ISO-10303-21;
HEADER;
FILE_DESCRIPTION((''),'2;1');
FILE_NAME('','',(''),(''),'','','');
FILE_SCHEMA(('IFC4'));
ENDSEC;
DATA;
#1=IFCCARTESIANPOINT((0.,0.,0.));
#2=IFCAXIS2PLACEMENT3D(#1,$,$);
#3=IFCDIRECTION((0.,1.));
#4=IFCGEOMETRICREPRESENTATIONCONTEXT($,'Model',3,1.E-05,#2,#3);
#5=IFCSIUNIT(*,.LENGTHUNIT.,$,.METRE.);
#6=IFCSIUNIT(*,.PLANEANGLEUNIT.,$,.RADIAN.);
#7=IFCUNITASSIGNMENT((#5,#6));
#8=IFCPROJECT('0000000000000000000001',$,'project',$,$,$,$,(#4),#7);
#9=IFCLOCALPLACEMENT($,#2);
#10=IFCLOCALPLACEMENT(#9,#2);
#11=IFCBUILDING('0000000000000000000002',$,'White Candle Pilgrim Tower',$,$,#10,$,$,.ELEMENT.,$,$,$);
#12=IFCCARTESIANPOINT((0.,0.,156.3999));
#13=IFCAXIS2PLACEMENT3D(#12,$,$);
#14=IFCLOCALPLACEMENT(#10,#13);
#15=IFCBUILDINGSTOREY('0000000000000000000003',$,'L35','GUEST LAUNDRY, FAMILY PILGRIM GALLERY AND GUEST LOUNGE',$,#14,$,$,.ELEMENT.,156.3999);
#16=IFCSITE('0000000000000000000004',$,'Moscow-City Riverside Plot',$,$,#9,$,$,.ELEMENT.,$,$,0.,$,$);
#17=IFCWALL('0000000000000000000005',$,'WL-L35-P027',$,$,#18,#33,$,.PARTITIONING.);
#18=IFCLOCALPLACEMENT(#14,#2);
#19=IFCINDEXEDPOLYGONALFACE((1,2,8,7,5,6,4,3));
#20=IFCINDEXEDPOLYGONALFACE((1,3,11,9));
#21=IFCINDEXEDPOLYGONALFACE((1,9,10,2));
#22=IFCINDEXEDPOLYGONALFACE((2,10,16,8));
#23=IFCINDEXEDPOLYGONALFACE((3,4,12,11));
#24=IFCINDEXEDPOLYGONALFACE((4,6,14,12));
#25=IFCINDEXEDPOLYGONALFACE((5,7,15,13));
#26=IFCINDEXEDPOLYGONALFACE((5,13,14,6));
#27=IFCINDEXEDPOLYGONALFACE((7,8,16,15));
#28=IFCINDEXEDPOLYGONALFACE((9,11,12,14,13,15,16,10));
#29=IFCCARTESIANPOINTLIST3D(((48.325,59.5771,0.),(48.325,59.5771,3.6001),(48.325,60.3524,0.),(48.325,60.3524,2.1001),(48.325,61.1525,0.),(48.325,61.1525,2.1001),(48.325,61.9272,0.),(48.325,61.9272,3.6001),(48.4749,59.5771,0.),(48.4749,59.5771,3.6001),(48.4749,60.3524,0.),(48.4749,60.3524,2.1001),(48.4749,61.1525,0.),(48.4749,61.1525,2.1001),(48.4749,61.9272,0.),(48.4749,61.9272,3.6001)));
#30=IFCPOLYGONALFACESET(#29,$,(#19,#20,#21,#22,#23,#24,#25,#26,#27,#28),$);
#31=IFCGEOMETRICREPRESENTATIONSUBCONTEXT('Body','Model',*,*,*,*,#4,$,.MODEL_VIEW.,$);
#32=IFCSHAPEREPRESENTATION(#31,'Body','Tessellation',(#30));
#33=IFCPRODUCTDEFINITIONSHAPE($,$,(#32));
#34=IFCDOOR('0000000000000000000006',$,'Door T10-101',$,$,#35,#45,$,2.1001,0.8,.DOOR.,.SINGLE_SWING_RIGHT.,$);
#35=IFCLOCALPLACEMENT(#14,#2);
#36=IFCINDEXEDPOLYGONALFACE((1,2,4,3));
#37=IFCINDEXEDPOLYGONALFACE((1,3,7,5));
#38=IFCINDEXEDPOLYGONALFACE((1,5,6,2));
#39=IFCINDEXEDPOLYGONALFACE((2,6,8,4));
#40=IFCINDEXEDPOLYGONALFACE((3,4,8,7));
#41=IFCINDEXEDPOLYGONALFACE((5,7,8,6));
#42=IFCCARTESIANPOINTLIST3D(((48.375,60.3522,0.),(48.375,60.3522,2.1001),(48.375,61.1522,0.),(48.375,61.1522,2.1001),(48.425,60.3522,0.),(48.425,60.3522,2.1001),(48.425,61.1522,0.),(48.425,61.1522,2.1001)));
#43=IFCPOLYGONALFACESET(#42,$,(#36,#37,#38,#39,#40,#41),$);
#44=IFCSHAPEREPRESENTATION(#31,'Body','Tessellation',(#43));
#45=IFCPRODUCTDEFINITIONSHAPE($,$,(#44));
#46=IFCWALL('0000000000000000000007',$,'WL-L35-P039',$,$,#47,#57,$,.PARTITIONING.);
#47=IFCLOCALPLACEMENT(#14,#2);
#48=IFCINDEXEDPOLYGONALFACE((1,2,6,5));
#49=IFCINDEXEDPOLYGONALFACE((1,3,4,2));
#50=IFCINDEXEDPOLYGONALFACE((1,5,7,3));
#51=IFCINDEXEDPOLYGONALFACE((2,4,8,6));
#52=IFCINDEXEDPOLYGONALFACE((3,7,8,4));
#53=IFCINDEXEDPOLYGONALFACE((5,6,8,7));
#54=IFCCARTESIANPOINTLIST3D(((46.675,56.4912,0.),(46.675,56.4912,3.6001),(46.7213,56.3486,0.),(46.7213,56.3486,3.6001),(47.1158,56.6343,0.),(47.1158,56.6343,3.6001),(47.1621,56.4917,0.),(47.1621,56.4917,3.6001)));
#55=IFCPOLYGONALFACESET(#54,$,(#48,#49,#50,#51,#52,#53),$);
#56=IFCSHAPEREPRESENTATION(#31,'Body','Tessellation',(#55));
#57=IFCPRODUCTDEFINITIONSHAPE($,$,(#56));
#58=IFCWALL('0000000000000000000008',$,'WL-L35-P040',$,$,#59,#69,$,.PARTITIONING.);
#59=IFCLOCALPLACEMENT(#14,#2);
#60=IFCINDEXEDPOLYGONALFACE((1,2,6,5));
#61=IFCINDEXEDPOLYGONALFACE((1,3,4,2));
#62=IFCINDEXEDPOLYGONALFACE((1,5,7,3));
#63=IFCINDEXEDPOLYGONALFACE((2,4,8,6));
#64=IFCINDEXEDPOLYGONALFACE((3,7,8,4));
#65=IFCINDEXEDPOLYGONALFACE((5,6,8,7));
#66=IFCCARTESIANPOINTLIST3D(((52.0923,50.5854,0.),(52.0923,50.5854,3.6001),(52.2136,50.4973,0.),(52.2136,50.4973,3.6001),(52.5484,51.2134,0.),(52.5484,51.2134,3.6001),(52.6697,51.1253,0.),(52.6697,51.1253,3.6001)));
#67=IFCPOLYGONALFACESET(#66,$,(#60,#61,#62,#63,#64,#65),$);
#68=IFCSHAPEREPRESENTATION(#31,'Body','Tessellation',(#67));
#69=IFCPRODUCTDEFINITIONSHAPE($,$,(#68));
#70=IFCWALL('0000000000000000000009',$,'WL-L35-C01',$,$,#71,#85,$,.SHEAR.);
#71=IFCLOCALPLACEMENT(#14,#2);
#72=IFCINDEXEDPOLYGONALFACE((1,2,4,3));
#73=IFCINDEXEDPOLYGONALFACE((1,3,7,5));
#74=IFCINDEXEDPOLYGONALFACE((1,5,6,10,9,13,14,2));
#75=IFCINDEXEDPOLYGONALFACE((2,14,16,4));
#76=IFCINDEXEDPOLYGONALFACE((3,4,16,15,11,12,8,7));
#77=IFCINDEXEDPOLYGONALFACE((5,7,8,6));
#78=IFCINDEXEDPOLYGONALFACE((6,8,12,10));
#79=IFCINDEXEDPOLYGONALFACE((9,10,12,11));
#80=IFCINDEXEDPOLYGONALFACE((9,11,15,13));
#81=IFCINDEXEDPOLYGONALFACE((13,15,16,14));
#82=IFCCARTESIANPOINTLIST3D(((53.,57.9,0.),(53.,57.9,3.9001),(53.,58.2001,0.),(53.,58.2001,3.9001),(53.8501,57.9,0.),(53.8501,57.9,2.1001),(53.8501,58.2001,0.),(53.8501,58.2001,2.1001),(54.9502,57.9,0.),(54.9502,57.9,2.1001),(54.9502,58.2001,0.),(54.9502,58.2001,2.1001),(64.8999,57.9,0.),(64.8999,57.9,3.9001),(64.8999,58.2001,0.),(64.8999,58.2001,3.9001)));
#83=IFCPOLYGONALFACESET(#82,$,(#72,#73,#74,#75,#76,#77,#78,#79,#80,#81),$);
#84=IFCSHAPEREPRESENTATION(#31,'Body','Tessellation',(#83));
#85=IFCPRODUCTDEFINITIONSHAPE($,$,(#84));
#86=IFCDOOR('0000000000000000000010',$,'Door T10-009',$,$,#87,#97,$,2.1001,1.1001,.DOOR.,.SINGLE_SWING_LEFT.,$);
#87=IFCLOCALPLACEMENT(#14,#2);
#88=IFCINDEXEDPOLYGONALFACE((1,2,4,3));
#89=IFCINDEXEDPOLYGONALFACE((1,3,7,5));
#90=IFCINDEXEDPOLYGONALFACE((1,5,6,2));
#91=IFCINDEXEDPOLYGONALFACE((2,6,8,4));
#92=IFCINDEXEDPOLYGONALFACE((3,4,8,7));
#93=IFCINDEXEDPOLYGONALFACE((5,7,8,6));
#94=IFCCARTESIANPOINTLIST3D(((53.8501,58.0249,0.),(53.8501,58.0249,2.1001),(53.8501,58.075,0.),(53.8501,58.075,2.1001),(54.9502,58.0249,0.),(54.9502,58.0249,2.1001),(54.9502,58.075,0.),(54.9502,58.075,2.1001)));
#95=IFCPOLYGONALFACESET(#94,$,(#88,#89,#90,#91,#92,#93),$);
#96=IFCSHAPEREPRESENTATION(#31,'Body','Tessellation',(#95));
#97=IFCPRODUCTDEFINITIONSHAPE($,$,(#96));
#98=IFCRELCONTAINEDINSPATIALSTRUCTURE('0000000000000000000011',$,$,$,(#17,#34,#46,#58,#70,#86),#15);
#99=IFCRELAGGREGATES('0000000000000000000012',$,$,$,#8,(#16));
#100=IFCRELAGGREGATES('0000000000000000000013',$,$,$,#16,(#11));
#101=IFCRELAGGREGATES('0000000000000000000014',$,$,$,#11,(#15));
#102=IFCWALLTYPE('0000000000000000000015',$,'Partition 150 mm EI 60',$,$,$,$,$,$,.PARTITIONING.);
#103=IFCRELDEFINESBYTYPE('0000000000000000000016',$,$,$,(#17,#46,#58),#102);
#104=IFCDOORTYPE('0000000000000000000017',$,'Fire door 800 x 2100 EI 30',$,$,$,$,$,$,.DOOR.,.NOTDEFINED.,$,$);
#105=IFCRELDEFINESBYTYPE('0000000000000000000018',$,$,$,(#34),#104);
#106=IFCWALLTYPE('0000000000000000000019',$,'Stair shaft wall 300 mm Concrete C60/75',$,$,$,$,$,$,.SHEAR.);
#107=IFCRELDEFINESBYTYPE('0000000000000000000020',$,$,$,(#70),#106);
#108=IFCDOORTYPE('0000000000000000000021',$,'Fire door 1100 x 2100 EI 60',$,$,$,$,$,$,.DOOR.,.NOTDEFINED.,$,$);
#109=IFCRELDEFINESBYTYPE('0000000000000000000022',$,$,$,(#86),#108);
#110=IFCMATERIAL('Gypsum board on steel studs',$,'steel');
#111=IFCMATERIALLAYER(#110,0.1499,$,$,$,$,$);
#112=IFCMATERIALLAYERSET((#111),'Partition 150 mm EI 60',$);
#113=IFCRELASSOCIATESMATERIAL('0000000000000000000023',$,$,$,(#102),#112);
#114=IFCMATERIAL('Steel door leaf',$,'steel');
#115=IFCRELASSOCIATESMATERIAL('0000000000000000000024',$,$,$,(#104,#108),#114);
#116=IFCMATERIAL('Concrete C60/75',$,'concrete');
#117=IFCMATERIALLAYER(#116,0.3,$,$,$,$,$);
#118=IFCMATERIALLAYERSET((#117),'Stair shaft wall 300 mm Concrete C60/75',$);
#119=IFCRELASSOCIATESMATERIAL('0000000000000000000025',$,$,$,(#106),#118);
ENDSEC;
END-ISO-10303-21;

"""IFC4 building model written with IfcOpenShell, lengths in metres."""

from ifc_helpers import new_model, si_unit, direction, frame, frame_2d, origin, place, context, subcontext, project, spatial, rectangle, extrude, material, layer, layer_set, type_object, element, fill, save


model = new_model("IFC4")

# Units and contexts
model_context = context("Model", 3, precision=1e-05, world=origin(), true_north=direction((0.0, 1.0)))
body_context = subcontext(model_context, "Body", "Model", "MODEL_VIEW")
ifc_project = project(units=[si_unit("LENGTHUNIT", "METRE"), si_unit("PLANEANGLEUNIT", "RADIAN")], contexts=[model_context])

# Site, building, storey
site_placement = place(None, origin())
site = spatial("IfcSite", under=ifc_project, at=site_placement, Name="Moscow-City Riverside Plot", CompositionType="ELEMENT", RefElevation=0.0)
building_placement = place(site_placement, origin())
building = spatial("IfcBuilding", under=site, at=building_placement, Name="White Candle Pilgrim Tower", CompositionType="ELEMENT")
storey_placement = place(building_placement, frame((0.0, 0.0, 156.3999)))
storey = spatial("IfcBuildingStorey", under=building, at=storey_placement, Name="L35", Description="GUEST LAUNDRY, FAMILY PILGRIM GALLERY AND GUEST LOUNGE", CompositionType="ELEMENT", Elevation=156.3999)

# Shared definitions
ifc_material_1 = material(Name="Gypsum board on steel studs", Category="steel")
ifc_material_2 = material(Name="Steel door leaf", Category="steel")

# Shared definitions
ifc_layer_1 = layer(ifc_material_1, 0.1499)
ifc_layer_set_1 = layer_set([ifc_layer_1], Name="Partition 150 mm EI 60")
wall_type_1 = type_object("IfcWallType", Name="Partition 150 mm EI 60", PredefinedType="PARTITIONING", material=ifc_layer_set_1)

# Wall, opening, door
wall_1_placement = place(storey_placement, frame((48.3999, 61.9272, 0.0), z_axis=(0.0, 0.0, 1.0), x_axis=(0.0, -1.0, 0.0)))
wall_1 = element("IfcWall", 1, at=wall_1_placement, inside=storey, type_object=wall_type_1, Name="WL-L35-P027", PredefinedType="PARTITIONING", context=body_context, shape_type="SweptSolid", body=[
    extrude(rectangle(XDim=2.3501, YDim=0.1499, at=frame_2d((1.175, 0.0))), origin(), (0.0, 0.0, 1.0), 3.6001),
])
opening_1_placement = place(wall_1_placement, frame((0.7749, 0.0, 0.0)))
opening_1 = element("IfcOpeningElement", 2, at=opening_1_placement, cuts=wall_1, PredefinedType="OPENING", context=body_context, shape_type="SweptSolid", body=[
    extrude(rectangle(XDim=0.8, YDim=2.1001, at=frame_2d((0.3999, 1.05))), frame((0.0, 0.085, 0.0), z_axis=(0.0, -1.0, 0.0), x_axis=(1.0, 0.0, 0.0)), (0.0, 0.0, 1.0), 0.1699),
])
door_type_1 = type_object("IfcDoorType", Name="Fire door 800 x 2100 EI 30", OperationType="NOTDEFINED", PredefinedType="DOOR", material=ifc_material_2)
door_1_placement = place(opening_1_placement, frame((0.8, 0.0, 0.0), z_axis=(0.0, 0.0, 1.0), x_axis=(-1.0, 0.0, 0.0)))
door_1 = element("IfcDoor", 3, at=door_1_placement, inside=storey, type_object=door_type_1, Name="Door T10-101", OperationType="SINGLE_SWING_RIGHT", OverallHeight=2.1001, OverallWidth=0.8, PredefinedType="DOOR", context=body_context, shape_type="SweptSolid", body=[
    extrude(rectangle(XDim=0.8, YDim=2.1001, at=frame_2d((0.3999, 1.05))), frame((0.0, 0.0249, 0.0), z_axis=(0.0, -1.0, 0.0), x_axis=(1.0, 0.0, 0.0)), (0.0, 0.0, 1.0), 0.05),
])
fill(opening_1, door_1)

# Walls
wall_2_placement = place(storey_placement, frame((47.1389, 56.563, 0.0), z_axis=(0.0, 0.0, 1.0), x_axis=(-0.951131, -0.308788, 0.0)))
element("IfcWall", 4, at=wall_2_placement, inside=storey, type_object=wall_type_1, Name="WL-L35-P039", PredefinedType="PARTITIONING", context=body_context, shape_type="SweptSolid", body=[
    extrude(rectangle(XDim=0.4634, YDim=0.1499, at=frame_2d((0.2317, 0.0))), origin(), (0.0, 0.0, 1.0), 3.6001),
])
wall_3_placement = place(storey_placement, frame((52.6091, 51.1694, 0.0), z_axis=(0.0, 0.0, 1.0), x_axis=(-0.587648, -0.809117, 0.0)))
element("IfcWall", 5, at=wall_3_placement, inside=storey, type_object=wall_type_1, Name="WL-L35-P040", PredefinedType="PARTITIONING", context=body_context, shape_type="SweptSolid", body=[
    extrude(rectangle(XDim=0.7761, YDim=0.1499, at=frame_2d((0.3882, 0.0))), origin(), (0.0, 0.0, 1.0), 3.6001),
])

# Wall, opening, door
ifc_material_3 = material(Name="Concrete C60/75", Category="concrete")
ifc_layer_2 = layer(ifc_material_3, 0.3)
ifc_layer_set_2 = layer_set([ifc_layer_2], Name="Stair shaft wall 300 mm Concrete C60/75")
wall_type_2 = type_object("IfcWallType", Name="Stair shaft wall 300 mm Concrete C60/75", PredefinedType="SHEAR", material=ifc_layer_set_2)
wall_4_placement = place(storey_placement, frame((53.0, 58.05, 0.0), z_axis=(0.0, 0.0, 1.0), x_axis=(1.0, 0.0, 0.0)))
wall_4 = element("IfcWall", 6, at=wall_4_placement, inside=storey, type_object=wall_type_2, Name="WL-L35-C01", PredefinedType="SHEAR", context=body_context, shape_type="SweptSolid", body=[
    extrude(rectangle(XDim=11.8999, YDim=0.3, at=frame_2d((5.95, 0.0))), origin(), (0.0, 0.0, 1.0), 3.9001),
])
opening_2_placement = place(wall_4_placement, frame((0.8501, 0.0, 0.0)))
opening_2 = element("IfcOpeningElement", 7, at=opening_2_placement, cuts=wall_4, PredefinedType="OPENING", context=body_context, shape_type="SweptSolid", body=[
    extrude(rectangle(XDim=1.1001, YDim=2.1001, at=frame_2d((0.55, 1.05))), frame((0.0, 0.1599, 0.0), z_axis=(0.0, -1.0, 0.0), x_axis=(1.0, 0.0, 0.0)), (0.0, 0.0, 1.0), 0.3201),
])
door_type_2 = type_object("IfcDoorType", Name="Fire door 1100 x 2100 EI 60", OperationType="NOTDEFINED", PredefinedType="DOOR", material=ifc_material_2)
door_2_placement = place(opening_2_placement, origin())
door_2 = element("IfcDoor", 8, at=door_2_placement, inside=storey, type_object=door_type_2, Name="Door T10-009", OperationType="SINGLE_SWING_LEFT", OverallHeight=2.1001, OverallWidth=1.1001, PredefinedType="DOOR", context=body_context, shape_type="SweptSolid", body=[
    extrude(rectangle(XDim=1.1001, YDim=2.1001, at=frame_2d((0.55, 1.05))), frame((0.0, 0.0249, 0.0), z_axis=(0.0, -1.0, 0.0), x_axis=(1.0, 0.0, 0.0)), (0.0, 0.0, 1.0), 0.05),
])
fill(opening_2, door_2)

save(model, "model.ifc")
